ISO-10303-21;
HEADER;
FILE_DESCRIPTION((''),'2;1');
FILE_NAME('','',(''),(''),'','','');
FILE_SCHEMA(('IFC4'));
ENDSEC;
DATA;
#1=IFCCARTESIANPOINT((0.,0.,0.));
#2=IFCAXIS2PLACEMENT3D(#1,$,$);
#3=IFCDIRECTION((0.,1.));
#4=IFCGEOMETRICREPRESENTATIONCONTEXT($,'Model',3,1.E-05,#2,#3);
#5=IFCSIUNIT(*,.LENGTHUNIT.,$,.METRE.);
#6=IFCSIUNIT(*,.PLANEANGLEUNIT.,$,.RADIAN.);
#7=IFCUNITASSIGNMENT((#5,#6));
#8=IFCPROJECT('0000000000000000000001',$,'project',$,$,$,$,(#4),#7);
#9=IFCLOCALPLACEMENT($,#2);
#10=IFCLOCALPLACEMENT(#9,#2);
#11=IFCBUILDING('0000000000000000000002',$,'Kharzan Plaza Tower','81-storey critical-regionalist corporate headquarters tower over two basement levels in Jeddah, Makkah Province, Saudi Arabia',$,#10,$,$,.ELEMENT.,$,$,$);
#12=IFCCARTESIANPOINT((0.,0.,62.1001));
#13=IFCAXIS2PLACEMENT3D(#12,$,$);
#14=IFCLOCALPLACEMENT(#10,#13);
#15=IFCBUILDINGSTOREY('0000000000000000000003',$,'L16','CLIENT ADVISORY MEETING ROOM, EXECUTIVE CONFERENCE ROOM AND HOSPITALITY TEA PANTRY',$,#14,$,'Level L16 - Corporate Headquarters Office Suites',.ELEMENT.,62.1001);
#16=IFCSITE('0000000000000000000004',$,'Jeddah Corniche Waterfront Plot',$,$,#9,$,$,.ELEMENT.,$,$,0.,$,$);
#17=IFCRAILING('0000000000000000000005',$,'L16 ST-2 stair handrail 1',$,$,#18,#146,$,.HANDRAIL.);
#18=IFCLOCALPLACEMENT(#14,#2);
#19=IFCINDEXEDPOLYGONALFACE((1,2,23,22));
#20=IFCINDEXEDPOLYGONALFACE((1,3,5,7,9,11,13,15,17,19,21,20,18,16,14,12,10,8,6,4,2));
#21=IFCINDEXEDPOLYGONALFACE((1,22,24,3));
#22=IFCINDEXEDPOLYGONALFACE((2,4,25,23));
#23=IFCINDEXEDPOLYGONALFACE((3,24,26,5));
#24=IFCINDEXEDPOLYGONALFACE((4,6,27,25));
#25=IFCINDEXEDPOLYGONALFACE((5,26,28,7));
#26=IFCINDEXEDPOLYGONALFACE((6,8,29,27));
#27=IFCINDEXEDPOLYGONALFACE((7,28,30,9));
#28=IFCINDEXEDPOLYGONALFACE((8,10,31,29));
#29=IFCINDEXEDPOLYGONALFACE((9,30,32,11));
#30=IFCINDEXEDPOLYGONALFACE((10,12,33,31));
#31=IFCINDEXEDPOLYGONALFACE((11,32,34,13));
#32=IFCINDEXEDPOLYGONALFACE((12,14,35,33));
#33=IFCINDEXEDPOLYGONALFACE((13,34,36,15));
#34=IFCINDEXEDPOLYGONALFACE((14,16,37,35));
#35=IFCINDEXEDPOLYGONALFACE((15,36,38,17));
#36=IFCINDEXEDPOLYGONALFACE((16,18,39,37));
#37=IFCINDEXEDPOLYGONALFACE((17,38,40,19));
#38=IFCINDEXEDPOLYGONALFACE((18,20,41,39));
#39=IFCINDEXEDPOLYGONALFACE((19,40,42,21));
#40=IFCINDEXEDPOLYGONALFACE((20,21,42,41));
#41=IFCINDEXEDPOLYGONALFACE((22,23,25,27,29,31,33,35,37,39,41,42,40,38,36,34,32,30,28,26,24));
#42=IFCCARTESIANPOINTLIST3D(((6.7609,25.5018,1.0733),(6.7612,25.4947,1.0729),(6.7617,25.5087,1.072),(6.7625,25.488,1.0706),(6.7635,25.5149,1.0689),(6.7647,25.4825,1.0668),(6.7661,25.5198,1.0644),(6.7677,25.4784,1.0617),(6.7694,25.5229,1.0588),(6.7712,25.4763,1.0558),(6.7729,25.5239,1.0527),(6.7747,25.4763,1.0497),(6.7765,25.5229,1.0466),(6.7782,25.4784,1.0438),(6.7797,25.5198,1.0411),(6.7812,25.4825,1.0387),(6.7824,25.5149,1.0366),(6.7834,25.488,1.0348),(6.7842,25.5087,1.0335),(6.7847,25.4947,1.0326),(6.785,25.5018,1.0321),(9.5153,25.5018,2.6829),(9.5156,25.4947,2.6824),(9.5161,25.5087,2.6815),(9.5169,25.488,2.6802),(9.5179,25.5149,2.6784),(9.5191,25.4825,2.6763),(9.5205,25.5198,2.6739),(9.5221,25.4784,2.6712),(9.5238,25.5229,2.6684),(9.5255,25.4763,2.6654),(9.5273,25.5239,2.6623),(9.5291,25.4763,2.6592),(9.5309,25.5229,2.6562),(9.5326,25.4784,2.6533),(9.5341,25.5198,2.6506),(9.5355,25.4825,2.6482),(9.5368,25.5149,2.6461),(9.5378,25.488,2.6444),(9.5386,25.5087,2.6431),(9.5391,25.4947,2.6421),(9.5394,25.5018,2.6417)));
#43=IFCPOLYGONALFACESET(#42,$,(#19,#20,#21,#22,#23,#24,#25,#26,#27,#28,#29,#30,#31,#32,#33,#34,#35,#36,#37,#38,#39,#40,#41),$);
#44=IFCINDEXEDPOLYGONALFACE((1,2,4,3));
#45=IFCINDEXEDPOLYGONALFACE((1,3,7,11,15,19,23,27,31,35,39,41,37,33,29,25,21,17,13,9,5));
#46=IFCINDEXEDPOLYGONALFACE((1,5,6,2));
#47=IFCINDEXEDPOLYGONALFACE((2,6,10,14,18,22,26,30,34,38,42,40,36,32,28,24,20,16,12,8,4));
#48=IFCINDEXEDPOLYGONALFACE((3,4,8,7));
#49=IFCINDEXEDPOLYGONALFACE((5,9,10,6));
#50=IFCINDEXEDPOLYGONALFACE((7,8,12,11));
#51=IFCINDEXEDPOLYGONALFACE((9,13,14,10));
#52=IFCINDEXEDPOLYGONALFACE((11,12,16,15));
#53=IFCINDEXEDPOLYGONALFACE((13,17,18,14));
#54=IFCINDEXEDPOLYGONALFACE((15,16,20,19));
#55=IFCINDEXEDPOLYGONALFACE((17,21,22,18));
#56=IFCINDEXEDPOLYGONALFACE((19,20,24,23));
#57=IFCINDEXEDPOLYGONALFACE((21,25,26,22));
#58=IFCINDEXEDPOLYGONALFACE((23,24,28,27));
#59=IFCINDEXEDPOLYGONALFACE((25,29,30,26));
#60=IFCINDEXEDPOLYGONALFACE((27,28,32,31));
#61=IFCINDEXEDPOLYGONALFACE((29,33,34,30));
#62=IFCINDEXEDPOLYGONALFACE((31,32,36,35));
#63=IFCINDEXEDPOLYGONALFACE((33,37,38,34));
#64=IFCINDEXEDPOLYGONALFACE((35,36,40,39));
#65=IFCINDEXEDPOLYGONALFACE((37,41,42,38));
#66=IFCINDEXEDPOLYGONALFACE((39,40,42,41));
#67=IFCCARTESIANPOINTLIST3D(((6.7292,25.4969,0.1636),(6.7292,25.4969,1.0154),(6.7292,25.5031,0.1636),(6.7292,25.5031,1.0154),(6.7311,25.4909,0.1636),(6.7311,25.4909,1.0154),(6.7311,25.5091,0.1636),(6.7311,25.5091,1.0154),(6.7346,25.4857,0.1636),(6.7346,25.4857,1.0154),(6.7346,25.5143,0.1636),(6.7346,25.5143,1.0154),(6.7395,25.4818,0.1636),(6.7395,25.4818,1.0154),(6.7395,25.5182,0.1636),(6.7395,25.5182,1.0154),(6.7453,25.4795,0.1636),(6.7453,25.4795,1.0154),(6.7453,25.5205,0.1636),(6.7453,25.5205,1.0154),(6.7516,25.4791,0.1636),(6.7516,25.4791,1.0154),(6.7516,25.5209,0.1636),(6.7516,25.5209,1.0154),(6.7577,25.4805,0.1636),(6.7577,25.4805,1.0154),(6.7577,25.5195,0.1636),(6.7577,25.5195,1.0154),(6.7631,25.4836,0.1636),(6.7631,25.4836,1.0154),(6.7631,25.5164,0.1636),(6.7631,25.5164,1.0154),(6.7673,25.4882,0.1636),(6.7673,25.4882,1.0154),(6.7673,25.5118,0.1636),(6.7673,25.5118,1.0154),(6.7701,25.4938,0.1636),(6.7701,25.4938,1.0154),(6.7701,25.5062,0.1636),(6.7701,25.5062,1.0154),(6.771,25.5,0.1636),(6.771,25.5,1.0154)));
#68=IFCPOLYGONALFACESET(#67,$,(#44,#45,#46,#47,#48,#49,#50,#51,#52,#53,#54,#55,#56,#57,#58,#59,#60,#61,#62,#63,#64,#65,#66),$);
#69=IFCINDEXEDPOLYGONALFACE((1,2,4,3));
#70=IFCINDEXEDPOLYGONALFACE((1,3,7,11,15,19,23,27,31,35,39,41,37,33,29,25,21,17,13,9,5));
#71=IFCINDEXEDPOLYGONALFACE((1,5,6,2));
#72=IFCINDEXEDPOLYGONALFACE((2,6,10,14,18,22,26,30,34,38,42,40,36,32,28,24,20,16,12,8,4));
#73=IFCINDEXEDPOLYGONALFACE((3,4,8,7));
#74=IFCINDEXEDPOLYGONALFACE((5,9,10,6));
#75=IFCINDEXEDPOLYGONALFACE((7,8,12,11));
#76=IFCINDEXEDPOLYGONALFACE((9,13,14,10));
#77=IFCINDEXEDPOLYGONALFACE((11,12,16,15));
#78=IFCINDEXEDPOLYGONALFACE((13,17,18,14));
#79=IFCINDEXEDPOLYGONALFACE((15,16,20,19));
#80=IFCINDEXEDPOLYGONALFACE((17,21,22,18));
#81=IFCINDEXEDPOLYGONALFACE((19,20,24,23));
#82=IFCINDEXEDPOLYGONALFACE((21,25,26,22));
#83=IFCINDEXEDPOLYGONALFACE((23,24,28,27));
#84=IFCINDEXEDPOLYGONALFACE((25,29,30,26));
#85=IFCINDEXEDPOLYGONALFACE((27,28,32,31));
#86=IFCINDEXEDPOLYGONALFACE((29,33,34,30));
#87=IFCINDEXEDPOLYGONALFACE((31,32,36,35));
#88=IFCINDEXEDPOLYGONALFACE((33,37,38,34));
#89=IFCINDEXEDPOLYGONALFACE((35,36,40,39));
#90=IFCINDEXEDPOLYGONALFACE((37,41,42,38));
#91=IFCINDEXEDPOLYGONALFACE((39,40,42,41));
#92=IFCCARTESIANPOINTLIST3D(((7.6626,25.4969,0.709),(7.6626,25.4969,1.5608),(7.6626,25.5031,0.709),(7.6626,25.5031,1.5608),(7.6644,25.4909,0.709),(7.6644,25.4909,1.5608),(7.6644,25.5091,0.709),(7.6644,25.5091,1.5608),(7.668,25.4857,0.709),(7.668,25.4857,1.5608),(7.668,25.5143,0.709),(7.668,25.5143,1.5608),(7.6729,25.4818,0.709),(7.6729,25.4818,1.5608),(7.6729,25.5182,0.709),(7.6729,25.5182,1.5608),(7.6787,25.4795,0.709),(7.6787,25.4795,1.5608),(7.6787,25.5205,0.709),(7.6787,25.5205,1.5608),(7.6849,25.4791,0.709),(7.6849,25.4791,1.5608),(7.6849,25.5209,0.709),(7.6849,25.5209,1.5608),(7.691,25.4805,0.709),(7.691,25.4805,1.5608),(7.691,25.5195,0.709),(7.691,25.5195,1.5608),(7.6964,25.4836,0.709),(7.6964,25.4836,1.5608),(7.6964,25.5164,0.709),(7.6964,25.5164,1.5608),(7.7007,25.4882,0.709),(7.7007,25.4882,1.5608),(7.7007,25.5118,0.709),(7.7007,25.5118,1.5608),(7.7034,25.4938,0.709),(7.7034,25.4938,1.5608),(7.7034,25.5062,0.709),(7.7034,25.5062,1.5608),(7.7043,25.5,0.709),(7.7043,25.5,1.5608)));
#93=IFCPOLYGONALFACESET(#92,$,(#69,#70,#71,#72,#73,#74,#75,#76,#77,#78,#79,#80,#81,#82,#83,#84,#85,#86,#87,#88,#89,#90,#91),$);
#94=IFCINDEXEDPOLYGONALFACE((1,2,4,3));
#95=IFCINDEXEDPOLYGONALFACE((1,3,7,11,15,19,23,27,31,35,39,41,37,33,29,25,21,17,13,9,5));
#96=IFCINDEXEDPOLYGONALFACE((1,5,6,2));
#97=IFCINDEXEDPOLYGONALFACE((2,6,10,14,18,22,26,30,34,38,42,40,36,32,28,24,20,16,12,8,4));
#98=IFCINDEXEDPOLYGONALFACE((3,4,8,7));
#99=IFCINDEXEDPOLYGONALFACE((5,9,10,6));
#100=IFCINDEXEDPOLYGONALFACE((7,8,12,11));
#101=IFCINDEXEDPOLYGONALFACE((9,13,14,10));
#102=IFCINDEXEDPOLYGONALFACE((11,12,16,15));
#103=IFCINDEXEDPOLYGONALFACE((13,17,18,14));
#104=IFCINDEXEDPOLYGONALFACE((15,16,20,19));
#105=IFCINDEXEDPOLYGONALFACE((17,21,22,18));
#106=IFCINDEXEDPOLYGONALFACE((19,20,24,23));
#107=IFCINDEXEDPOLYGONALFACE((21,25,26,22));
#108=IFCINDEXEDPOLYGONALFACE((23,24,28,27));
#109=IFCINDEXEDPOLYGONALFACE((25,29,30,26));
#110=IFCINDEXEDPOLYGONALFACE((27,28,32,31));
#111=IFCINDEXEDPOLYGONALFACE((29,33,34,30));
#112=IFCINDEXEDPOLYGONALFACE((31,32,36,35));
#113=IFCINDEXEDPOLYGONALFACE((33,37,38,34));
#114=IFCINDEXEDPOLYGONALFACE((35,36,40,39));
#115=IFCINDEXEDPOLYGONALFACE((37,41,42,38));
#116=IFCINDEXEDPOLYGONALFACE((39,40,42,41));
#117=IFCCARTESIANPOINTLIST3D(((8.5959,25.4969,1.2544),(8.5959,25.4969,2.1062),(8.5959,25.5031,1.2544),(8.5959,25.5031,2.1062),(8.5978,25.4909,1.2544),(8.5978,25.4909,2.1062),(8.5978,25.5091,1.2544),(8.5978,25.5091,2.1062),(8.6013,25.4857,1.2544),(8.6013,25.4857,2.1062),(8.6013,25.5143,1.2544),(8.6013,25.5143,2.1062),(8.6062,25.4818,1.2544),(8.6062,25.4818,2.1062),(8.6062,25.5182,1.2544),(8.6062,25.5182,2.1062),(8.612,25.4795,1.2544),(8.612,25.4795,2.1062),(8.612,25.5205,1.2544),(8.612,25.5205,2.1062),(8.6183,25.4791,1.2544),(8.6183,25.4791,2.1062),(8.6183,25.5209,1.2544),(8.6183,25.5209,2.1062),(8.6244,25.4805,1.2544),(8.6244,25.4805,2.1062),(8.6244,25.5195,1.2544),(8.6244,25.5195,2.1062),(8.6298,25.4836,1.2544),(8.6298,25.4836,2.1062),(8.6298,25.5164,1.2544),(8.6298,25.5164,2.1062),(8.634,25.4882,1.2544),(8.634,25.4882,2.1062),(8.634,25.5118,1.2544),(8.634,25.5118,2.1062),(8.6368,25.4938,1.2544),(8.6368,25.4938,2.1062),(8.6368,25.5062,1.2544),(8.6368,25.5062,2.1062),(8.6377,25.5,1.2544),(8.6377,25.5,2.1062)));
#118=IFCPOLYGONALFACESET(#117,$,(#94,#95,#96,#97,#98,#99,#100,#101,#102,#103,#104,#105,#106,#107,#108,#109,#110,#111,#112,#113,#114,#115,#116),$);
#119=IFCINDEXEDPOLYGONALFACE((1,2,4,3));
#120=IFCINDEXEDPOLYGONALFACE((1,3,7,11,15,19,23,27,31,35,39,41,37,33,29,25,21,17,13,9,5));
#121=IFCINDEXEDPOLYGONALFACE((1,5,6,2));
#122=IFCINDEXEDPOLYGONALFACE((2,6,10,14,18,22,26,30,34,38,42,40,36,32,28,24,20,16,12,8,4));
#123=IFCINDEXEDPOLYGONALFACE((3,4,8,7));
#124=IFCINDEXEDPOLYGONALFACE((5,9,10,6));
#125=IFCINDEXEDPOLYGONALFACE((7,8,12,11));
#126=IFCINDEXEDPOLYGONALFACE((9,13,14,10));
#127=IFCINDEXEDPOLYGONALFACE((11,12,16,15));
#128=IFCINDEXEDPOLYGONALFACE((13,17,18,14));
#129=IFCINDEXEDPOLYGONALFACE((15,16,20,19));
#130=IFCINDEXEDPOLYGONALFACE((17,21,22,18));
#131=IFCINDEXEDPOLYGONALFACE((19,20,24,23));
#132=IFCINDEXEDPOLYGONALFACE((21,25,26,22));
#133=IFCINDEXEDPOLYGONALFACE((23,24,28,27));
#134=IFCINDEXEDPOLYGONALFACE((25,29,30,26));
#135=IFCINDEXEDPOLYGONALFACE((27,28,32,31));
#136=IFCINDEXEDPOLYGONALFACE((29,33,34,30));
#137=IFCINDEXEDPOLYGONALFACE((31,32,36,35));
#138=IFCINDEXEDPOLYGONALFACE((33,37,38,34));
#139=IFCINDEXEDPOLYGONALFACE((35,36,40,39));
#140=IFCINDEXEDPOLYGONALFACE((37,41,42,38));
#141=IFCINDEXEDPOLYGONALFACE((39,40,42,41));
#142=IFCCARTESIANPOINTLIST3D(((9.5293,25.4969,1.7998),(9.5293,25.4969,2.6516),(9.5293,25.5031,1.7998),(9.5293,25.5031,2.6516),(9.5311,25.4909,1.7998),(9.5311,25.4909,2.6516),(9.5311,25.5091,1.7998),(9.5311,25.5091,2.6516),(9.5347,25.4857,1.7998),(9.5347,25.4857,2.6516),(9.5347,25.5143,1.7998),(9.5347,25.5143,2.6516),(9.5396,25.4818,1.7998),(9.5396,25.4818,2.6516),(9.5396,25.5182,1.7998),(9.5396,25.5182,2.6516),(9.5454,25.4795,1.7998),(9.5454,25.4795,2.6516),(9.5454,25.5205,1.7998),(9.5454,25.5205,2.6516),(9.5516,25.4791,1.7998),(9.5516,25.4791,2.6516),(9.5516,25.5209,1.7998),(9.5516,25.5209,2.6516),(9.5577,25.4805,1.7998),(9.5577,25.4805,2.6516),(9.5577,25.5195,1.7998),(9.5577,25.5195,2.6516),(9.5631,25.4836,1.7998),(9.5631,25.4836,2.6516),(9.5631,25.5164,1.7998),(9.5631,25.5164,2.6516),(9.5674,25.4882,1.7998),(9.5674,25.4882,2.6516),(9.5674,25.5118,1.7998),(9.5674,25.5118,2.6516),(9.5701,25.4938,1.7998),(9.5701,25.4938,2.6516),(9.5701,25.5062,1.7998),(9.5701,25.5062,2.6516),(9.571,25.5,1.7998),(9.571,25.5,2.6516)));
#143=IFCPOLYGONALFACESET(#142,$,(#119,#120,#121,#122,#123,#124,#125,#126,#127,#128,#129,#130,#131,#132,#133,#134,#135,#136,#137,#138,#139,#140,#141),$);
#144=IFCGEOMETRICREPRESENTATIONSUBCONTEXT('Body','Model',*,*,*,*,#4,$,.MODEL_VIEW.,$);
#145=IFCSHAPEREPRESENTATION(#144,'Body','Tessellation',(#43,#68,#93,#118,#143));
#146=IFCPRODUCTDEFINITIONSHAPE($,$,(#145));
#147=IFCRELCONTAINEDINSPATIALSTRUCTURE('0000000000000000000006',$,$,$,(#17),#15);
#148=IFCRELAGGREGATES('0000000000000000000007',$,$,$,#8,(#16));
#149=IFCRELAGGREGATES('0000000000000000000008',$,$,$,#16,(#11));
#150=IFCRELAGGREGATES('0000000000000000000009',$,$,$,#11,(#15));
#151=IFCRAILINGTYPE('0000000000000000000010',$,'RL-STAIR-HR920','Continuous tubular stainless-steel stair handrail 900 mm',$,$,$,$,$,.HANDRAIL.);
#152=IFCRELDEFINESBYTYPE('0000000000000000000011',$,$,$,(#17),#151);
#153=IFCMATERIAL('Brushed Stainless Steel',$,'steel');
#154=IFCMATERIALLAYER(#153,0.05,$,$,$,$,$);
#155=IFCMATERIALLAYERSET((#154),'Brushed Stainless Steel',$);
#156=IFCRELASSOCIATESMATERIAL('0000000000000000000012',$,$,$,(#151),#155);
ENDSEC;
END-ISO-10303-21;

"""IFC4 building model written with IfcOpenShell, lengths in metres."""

from ifc_helpers import new_model, si_unit, direction, frame, origin, origin_2d, place, context, subcontext, project, spatial, circle, extrude, source, transform, mapped, material, layer, layer_set, type_object, element, save


model = new_model("IFC4")

# Units and contexts
model_context = context("Model", 3, precision=1e-05, world=origin(), true_north=direction((0.0, 1.0)))
body_context = subcontext(model_context, "Body", "Model", "MODEL_VIEW")
ifc_project = project(units=[si_unit("LENGTHUNIT", "METRE"), si_unit("PLANEANGLEUNIT", "RADIAN")], contexts=[model_context])

# Site, building, storey
site_placement = place(None, origin())
site = spatial("IfcSite", under=ifc_project, at=site_placement, Name="Jeddah Corniche Waterfront Plot", CompositionType="ELEMENT", RefElevation=0.0)
building_placement = place(site_placement, origin())
building = spatial("IfcBuilding", under=site, at=building_placement, Name="Kharzan Plaza Tower", Description="81-storey critical-regionalist corporate headquarters tower over two basement levels in Jeddah, Makkah Province, Saudi Arabia", CompositionType="ELEMENT")
storey_placement = place(building_placement, frame((0.0, 0.0, 62.1001)))
storey = spatial("IfcBuildingStorey", under=building, at=storey_placement, Name="L16", Description="CLIENT ADVISORY MEETING ROOM, EXECUTIVE CONFERENCE ROOM AND HOSPITALITY TEA PANTRY", LongName="Level L16 - Corporate Headquarters Office Suites", CompositionType="ELEMENT", Elevation=62.1001)

# Shared definitions
ifc_material_1 = material(Name="Brushed Stainless Steel", Category="steel")

# Railing
ifc_layer_1 = layer(ifc_material_1, 0.05)
ifc_layer_set_1 = layer_set([ifc_layer_1], Name="Brushed Stainless Steel")
railing_type_1 = type_object("IfcRailingType", Name="RL-STAIR-HR920", Description="Continuous tubular stainless-steel stair handrail 900 mm", PredefinedType="HANDRAIL", material=ifc_layer_set_1)
shared_shape_1 = source(origin(), body_context, "Body", "SweptSolid", [
    extrude(circle(Radius=0.0239, at=origin_2d()), frame((0.0229, 0.0, 0.8892), z_axis=(0.863394, 0.0, 0.504531), x_axis=(0.0, 1.0, 0.0)), (0.0, 0.0, 1.0), 3.1902),
    extrude(circle(Radius=0.021, at=origin_2d()), origin(), (0.0, 0.0, 1.0), 0.8518),
    extrude(circle(Radius=0.021, at=origin_2d()), frame((0.9333, 0.0, 0.5454)), (0.0, 0.0, 1.0), 0.8518),
    extrude(circle(Radius=0.021, at=origin_2d()), frame((1.8667, 0.0, 1.0908)), (0.0, 0.0, 1.0), 0.8518),
    extrude(circle(Radius=0.021, at=origin_2d()), frame((2.8, 0.0, 1.6362)), (0.0, 0.0, 1.0), 0.8518),
])
railing_1_placement = place(storey_placement, frame((6.75, 25.5, 0.1636)))
element("IfcRailing", 1, at=railing_1_placement, inside=storey, type_object=railing_type_1, Name="L16 ST-2 stair handrail 1", PredefinedType="HANDRAIL", context=body_context, shape_type="MappedRepresentation", body=[
    mapped(shared_shape_1, transform((0.0, 0.0, 0.0), x_axis=(1.0, 0.0, 0.0), y_axis=(0.0, 1.0, 0.0), z_axis=(0.0, 0.0, 1.0))),
])

save(model, "model.ifc")
